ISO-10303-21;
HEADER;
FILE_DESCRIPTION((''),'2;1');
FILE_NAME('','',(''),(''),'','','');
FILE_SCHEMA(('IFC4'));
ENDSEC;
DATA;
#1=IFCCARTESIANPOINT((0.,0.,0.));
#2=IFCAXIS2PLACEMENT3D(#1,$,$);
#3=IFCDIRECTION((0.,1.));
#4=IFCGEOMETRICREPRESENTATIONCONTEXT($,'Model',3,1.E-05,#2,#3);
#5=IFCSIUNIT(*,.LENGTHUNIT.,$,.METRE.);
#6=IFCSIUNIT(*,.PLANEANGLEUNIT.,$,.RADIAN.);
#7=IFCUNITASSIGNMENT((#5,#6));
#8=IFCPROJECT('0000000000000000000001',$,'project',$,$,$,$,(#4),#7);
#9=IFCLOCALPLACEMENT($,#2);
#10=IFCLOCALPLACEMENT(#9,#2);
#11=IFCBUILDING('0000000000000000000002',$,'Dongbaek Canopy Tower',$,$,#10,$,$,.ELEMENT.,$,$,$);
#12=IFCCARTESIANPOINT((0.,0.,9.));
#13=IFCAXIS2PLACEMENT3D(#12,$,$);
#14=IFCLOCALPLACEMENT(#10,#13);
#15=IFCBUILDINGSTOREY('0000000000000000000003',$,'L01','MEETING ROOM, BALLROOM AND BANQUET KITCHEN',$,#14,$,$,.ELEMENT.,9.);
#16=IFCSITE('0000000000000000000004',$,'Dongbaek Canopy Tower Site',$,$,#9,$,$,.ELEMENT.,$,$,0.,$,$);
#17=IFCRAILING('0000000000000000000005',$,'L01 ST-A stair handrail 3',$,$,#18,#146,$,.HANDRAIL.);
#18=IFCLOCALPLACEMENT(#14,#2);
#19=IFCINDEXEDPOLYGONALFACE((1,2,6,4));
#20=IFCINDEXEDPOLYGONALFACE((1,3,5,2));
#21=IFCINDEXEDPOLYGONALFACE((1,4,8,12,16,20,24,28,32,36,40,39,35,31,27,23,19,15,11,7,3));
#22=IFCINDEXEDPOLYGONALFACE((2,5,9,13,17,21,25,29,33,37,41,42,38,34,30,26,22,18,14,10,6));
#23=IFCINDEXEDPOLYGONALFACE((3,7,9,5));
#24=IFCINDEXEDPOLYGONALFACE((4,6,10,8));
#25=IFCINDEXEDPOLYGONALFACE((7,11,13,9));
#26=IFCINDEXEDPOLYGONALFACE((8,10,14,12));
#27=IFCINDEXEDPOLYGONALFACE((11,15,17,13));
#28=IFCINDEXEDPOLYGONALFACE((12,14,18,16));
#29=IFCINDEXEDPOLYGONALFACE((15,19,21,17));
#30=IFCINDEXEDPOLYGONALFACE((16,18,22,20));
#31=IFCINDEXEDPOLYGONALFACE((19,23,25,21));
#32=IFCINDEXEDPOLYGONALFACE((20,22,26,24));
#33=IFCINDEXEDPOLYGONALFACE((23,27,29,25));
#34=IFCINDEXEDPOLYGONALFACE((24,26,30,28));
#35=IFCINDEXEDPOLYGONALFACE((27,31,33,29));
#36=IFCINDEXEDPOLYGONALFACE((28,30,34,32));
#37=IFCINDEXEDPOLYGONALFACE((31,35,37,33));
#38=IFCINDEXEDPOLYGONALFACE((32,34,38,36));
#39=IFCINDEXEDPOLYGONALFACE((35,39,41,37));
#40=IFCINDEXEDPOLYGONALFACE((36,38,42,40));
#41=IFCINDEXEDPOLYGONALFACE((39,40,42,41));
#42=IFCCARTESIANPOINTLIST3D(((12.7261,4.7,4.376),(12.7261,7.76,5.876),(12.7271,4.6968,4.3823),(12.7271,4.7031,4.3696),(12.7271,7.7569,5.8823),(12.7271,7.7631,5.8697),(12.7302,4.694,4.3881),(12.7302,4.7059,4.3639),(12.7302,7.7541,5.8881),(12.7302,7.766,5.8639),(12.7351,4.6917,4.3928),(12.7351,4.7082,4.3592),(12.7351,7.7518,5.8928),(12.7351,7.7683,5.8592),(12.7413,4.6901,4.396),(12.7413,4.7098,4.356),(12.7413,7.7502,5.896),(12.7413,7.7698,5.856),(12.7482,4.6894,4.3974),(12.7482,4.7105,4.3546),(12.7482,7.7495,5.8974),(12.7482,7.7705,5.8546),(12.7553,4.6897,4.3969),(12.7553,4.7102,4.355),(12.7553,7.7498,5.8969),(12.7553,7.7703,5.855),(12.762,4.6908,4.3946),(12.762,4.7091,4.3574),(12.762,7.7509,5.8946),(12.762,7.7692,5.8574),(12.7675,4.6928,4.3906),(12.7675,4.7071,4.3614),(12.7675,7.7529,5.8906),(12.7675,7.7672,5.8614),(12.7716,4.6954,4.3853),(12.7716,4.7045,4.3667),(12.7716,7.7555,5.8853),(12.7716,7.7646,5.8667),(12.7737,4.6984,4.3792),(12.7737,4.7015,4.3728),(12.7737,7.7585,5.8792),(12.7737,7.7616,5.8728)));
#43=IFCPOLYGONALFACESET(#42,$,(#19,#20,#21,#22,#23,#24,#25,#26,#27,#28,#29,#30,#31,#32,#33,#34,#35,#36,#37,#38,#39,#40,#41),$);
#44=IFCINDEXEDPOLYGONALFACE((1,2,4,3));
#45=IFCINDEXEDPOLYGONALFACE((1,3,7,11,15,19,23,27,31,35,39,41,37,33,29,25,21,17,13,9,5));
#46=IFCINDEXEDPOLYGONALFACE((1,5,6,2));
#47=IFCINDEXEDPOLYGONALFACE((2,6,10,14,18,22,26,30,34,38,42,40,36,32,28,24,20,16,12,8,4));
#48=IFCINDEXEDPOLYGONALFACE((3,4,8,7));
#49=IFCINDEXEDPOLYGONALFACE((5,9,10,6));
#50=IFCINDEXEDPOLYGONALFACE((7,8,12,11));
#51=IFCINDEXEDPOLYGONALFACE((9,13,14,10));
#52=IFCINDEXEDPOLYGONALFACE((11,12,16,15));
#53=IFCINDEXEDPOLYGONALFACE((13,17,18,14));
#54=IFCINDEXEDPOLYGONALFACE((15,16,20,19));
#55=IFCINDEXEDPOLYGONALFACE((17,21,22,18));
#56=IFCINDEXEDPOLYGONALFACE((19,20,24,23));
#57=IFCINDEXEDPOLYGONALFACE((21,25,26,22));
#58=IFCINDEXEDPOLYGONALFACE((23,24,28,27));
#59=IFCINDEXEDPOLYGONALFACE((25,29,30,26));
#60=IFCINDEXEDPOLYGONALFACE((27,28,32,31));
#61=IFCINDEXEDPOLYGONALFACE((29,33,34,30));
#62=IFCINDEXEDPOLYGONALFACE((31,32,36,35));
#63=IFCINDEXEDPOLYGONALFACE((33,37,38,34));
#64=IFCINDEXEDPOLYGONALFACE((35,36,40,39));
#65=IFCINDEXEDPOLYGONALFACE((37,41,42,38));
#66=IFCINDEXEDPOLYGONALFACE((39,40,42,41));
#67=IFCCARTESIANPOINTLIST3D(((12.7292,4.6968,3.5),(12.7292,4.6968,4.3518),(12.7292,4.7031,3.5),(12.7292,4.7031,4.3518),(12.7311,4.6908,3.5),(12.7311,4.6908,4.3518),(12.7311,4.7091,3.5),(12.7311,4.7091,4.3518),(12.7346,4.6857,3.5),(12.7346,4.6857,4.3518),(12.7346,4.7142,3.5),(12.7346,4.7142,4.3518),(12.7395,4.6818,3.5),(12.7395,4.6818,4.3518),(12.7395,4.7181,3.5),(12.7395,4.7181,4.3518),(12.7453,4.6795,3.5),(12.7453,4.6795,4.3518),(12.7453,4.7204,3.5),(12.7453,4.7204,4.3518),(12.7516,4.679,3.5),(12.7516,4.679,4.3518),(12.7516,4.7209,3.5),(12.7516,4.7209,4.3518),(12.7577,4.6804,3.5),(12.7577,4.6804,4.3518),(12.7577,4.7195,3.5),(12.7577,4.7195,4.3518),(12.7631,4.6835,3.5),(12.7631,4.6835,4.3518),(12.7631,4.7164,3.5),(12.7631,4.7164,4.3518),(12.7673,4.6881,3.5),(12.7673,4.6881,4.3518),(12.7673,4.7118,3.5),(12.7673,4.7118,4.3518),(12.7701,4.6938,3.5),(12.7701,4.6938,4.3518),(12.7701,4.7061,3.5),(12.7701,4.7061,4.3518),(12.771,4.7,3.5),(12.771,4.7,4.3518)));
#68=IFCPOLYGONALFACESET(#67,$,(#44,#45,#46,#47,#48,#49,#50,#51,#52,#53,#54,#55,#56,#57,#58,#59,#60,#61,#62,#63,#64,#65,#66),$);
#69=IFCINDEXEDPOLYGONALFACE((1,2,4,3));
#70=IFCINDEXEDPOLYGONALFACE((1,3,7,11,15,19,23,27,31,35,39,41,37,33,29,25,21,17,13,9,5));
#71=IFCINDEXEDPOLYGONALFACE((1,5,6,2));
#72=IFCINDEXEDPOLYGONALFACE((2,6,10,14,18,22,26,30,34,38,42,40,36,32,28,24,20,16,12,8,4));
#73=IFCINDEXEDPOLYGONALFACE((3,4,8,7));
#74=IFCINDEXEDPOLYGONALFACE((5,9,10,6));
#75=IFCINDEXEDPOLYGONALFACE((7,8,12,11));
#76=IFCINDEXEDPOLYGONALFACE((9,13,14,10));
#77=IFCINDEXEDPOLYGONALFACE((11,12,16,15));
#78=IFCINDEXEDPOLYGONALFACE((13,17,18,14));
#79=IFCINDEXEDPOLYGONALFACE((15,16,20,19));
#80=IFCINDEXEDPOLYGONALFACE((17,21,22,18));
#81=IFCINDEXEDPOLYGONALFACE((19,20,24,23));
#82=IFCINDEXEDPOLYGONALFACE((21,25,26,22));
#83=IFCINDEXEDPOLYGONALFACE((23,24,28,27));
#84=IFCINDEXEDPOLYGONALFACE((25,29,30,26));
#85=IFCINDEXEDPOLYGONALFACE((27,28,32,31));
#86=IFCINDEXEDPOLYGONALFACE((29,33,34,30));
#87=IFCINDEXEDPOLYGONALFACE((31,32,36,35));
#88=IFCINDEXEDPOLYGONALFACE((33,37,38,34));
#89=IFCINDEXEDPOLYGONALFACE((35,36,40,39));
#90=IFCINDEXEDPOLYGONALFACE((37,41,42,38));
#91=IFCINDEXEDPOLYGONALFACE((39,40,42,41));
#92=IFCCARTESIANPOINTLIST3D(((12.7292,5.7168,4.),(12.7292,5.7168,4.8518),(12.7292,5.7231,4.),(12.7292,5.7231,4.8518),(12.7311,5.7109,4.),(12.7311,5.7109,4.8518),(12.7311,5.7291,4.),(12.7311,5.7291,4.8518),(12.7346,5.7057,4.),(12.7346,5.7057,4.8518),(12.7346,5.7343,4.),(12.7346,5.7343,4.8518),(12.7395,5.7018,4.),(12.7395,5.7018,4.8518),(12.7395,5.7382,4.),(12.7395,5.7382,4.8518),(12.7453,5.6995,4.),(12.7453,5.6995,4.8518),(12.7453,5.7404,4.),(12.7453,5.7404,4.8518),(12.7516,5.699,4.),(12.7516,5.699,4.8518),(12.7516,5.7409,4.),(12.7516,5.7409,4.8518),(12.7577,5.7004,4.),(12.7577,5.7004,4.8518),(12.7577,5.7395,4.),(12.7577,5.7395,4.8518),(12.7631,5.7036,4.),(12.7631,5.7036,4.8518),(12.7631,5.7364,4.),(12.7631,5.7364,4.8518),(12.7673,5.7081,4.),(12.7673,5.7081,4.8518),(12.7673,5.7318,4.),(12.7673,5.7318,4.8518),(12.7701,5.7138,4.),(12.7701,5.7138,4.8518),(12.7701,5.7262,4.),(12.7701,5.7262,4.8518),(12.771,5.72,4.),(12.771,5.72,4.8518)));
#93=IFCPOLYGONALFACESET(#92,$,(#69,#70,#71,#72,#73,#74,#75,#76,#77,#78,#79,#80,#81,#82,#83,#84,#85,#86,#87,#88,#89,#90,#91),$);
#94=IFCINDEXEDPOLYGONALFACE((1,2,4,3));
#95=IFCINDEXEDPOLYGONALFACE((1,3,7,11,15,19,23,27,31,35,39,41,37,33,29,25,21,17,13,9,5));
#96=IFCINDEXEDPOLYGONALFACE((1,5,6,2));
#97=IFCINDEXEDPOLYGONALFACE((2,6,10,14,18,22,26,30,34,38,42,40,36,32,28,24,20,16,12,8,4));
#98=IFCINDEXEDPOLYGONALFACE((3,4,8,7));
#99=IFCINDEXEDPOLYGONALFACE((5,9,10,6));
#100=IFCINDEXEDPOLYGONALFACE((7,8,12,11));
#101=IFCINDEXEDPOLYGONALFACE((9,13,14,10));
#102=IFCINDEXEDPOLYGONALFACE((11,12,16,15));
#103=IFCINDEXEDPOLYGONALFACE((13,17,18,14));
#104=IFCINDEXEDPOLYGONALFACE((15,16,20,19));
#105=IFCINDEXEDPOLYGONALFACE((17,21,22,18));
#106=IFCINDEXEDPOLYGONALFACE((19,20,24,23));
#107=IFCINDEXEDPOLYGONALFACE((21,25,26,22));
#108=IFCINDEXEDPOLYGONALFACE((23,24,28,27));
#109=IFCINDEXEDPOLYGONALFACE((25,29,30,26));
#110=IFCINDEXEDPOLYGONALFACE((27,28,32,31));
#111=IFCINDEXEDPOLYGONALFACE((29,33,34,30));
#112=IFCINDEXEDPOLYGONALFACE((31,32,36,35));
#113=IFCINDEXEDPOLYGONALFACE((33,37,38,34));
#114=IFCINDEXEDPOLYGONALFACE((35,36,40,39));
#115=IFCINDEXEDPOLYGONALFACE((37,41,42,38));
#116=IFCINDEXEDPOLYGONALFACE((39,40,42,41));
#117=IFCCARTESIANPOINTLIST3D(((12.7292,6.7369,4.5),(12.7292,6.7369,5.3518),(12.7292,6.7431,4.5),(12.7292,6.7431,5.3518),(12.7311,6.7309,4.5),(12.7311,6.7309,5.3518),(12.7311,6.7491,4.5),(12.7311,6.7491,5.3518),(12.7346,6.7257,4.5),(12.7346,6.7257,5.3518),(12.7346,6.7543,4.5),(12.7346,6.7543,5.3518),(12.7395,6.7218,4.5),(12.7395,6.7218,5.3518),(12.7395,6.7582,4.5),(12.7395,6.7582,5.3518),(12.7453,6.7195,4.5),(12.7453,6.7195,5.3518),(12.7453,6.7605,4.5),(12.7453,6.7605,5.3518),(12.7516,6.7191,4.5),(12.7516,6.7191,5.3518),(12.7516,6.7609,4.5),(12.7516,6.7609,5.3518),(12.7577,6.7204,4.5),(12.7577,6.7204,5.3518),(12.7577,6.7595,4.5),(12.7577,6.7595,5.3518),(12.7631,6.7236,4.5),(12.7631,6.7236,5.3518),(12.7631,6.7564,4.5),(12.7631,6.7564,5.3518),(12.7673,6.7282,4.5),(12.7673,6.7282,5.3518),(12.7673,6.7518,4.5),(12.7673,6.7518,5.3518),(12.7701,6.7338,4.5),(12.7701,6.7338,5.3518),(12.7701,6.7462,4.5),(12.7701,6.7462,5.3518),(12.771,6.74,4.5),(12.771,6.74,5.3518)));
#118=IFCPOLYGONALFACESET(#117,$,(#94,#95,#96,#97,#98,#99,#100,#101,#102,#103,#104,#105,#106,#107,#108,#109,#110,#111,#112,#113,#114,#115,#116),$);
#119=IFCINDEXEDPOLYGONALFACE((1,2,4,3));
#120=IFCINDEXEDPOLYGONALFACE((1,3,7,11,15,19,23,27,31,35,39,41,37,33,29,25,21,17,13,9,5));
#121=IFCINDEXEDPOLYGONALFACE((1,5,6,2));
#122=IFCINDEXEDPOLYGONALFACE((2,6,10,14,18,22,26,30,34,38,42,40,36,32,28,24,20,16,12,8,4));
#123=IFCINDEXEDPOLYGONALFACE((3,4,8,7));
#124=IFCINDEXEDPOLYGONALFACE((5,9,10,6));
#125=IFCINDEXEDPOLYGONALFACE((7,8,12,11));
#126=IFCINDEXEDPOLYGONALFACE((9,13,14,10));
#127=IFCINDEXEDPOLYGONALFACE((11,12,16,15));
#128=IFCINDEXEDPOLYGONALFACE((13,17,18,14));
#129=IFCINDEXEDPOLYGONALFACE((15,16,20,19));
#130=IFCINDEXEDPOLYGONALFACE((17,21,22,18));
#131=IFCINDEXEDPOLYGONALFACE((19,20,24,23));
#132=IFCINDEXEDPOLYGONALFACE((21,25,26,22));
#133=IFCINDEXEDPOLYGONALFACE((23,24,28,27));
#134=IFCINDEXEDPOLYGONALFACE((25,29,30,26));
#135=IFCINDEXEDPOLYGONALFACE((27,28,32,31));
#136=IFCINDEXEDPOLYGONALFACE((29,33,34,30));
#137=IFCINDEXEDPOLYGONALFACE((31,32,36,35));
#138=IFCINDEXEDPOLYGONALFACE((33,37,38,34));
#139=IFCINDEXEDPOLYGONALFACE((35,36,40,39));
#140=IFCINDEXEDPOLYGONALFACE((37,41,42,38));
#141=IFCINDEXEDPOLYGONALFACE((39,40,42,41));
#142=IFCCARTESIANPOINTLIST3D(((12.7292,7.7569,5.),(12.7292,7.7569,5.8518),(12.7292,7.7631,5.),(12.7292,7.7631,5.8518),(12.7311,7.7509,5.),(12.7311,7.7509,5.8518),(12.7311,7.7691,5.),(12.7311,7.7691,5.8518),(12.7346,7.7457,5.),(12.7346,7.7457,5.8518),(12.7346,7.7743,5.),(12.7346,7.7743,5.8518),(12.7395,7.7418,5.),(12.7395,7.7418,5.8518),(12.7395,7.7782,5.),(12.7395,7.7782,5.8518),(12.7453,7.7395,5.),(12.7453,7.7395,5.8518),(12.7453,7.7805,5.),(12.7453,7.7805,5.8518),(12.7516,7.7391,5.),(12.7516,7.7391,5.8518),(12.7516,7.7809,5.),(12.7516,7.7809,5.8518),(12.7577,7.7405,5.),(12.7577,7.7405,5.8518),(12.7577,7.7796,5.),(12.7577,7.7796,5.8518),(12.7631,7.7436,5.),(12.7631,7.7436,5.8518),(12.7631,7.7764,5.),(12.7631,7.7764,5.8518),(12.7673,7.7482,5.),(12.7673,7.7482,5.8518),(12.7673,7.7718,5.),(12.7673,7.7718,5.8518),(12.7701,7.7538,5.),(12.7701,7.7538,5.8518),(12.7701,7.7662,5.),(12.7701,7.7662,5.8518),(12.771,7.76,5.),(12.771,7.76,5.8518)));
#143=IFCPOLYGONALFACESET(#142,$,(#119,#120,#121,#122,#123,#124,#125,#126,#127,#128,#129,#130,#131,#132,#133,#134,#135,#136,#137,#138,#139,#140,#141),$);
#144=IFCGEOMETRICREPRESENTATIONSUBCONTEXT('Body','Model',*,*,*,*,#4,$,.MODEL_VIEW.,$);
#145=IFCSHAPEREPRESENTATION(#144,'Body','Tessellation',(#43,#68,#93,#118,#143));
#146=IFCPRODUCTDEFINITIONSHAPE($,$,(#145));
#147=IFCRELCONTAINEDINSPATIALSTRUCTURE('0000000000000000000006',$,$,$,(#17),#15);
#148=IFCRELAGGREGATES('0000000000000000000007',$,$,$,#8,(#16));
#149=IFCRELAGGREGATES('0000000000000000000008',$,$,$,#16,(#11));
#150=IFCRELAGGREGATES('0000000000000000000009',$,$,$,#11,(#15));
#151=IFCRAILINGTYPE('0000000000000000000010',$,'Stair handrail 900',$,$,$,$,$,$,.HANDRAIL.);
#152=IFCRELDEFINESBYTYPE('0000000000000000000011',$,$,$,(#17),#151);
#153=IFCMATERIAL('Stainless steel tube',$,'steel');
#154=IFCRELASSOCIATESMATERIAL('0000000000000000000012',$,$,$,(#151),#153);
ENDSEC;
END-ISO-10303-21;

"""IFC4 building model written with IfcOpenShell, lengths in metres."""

from ifc_helpers import new_model, si_unit, direction, frame, origin, origin_2d, place, context, subcontext, project, spatial, circle, extrude, material, type_object, element, save


model = new_model("IFC4")

# Units and contexts
model_context = context("Model", 3, precision=1e-05, world=origin(), true_north=direction((0.0, 1.0)))
body_context = subcontext(model_context, "Body", "Model", "MODEL_VIEW")
ifc_project = project(units=[si_unit("LENGTHUNIT", "METRE"), si_unit("PLANEANGLEUNIT", "RADIAN")], contexts=[model_context])

# Site, building, storey
site_placement = place(None, origin())
site = spatial("IfcSite", under=ifc_project, at=site_placement, Name="Dongbaek Canopy Tower Site", CompositionType="ELEMENT", RefElevation=0.0)
building_placement = place(site_placement, origin())
building = spatial("IfcBuilding", under=site, at=building_placement, Name="Dongbaek Canopy Tower", CompositionType="ELEMENT")
storey_placement = place(building_placement, frame((0.0, 0.0, 9.0)))
storey = spatial("IfcBuildingStorey", under=building, at=storey_placement, Name="L01", Description="MEETING ROOM, BALLROOM AND BANQUET KITCHEN", CompositionType="ELEMENT", Elevation=9.0)

# Railing
ifc_material_1 = material(Name="Stainless steel tube", Category="steel")
railing_type = type_object("IfcRailingType", Name="Stair handrail 900", PredefinedType="HANDRAIL", material=ifc_material_1)
for number, where, name in (
    (1, (12.75, 4.7, 3.5), "L01 ST-A stair handrail 3"),
):
    element("IfcRailing", number, at=place(storey_placement, frame(where)), inside=storey, type_object=railing_type, Name=name, PredefinedType="HANDRAIL", context=body_context, shape_type="SweptSolid", body=[
        extrude(circle(Radius=0.0239, at=origin_2d()), frame((0.0, 0.0, 0.876), z_axis=(0.0, 0.897924, 0.44015), x_axis=(-1.0, 0.0, 0.0)), (0.0, 0.0, 1.0), 3.408),
        extrude(circle(Radius=0.021, at=origin_2d()), origin(), (0.0, 0.0, 1.0), 0.8518),
        extrude(circle(Radius=0.021, at=origin_2d()), frame((0.0, 1.02, 0.5)), (0.0, 0.0, 1.0), 0.8518),
        extrude(circle(Radius=0.021, at=origin_2d()), frame((0.0, 2.04, 1.0)), (0.0, 0.0, 1.0), 0.8518),
        extrude(circle(Radius=0.021, at=origin_2d()), frame((0.0, 3.0601, 1.5)), (0.0, 0.0, 1.0), 0.8518),
    ])

save(model, "model.ifc")
